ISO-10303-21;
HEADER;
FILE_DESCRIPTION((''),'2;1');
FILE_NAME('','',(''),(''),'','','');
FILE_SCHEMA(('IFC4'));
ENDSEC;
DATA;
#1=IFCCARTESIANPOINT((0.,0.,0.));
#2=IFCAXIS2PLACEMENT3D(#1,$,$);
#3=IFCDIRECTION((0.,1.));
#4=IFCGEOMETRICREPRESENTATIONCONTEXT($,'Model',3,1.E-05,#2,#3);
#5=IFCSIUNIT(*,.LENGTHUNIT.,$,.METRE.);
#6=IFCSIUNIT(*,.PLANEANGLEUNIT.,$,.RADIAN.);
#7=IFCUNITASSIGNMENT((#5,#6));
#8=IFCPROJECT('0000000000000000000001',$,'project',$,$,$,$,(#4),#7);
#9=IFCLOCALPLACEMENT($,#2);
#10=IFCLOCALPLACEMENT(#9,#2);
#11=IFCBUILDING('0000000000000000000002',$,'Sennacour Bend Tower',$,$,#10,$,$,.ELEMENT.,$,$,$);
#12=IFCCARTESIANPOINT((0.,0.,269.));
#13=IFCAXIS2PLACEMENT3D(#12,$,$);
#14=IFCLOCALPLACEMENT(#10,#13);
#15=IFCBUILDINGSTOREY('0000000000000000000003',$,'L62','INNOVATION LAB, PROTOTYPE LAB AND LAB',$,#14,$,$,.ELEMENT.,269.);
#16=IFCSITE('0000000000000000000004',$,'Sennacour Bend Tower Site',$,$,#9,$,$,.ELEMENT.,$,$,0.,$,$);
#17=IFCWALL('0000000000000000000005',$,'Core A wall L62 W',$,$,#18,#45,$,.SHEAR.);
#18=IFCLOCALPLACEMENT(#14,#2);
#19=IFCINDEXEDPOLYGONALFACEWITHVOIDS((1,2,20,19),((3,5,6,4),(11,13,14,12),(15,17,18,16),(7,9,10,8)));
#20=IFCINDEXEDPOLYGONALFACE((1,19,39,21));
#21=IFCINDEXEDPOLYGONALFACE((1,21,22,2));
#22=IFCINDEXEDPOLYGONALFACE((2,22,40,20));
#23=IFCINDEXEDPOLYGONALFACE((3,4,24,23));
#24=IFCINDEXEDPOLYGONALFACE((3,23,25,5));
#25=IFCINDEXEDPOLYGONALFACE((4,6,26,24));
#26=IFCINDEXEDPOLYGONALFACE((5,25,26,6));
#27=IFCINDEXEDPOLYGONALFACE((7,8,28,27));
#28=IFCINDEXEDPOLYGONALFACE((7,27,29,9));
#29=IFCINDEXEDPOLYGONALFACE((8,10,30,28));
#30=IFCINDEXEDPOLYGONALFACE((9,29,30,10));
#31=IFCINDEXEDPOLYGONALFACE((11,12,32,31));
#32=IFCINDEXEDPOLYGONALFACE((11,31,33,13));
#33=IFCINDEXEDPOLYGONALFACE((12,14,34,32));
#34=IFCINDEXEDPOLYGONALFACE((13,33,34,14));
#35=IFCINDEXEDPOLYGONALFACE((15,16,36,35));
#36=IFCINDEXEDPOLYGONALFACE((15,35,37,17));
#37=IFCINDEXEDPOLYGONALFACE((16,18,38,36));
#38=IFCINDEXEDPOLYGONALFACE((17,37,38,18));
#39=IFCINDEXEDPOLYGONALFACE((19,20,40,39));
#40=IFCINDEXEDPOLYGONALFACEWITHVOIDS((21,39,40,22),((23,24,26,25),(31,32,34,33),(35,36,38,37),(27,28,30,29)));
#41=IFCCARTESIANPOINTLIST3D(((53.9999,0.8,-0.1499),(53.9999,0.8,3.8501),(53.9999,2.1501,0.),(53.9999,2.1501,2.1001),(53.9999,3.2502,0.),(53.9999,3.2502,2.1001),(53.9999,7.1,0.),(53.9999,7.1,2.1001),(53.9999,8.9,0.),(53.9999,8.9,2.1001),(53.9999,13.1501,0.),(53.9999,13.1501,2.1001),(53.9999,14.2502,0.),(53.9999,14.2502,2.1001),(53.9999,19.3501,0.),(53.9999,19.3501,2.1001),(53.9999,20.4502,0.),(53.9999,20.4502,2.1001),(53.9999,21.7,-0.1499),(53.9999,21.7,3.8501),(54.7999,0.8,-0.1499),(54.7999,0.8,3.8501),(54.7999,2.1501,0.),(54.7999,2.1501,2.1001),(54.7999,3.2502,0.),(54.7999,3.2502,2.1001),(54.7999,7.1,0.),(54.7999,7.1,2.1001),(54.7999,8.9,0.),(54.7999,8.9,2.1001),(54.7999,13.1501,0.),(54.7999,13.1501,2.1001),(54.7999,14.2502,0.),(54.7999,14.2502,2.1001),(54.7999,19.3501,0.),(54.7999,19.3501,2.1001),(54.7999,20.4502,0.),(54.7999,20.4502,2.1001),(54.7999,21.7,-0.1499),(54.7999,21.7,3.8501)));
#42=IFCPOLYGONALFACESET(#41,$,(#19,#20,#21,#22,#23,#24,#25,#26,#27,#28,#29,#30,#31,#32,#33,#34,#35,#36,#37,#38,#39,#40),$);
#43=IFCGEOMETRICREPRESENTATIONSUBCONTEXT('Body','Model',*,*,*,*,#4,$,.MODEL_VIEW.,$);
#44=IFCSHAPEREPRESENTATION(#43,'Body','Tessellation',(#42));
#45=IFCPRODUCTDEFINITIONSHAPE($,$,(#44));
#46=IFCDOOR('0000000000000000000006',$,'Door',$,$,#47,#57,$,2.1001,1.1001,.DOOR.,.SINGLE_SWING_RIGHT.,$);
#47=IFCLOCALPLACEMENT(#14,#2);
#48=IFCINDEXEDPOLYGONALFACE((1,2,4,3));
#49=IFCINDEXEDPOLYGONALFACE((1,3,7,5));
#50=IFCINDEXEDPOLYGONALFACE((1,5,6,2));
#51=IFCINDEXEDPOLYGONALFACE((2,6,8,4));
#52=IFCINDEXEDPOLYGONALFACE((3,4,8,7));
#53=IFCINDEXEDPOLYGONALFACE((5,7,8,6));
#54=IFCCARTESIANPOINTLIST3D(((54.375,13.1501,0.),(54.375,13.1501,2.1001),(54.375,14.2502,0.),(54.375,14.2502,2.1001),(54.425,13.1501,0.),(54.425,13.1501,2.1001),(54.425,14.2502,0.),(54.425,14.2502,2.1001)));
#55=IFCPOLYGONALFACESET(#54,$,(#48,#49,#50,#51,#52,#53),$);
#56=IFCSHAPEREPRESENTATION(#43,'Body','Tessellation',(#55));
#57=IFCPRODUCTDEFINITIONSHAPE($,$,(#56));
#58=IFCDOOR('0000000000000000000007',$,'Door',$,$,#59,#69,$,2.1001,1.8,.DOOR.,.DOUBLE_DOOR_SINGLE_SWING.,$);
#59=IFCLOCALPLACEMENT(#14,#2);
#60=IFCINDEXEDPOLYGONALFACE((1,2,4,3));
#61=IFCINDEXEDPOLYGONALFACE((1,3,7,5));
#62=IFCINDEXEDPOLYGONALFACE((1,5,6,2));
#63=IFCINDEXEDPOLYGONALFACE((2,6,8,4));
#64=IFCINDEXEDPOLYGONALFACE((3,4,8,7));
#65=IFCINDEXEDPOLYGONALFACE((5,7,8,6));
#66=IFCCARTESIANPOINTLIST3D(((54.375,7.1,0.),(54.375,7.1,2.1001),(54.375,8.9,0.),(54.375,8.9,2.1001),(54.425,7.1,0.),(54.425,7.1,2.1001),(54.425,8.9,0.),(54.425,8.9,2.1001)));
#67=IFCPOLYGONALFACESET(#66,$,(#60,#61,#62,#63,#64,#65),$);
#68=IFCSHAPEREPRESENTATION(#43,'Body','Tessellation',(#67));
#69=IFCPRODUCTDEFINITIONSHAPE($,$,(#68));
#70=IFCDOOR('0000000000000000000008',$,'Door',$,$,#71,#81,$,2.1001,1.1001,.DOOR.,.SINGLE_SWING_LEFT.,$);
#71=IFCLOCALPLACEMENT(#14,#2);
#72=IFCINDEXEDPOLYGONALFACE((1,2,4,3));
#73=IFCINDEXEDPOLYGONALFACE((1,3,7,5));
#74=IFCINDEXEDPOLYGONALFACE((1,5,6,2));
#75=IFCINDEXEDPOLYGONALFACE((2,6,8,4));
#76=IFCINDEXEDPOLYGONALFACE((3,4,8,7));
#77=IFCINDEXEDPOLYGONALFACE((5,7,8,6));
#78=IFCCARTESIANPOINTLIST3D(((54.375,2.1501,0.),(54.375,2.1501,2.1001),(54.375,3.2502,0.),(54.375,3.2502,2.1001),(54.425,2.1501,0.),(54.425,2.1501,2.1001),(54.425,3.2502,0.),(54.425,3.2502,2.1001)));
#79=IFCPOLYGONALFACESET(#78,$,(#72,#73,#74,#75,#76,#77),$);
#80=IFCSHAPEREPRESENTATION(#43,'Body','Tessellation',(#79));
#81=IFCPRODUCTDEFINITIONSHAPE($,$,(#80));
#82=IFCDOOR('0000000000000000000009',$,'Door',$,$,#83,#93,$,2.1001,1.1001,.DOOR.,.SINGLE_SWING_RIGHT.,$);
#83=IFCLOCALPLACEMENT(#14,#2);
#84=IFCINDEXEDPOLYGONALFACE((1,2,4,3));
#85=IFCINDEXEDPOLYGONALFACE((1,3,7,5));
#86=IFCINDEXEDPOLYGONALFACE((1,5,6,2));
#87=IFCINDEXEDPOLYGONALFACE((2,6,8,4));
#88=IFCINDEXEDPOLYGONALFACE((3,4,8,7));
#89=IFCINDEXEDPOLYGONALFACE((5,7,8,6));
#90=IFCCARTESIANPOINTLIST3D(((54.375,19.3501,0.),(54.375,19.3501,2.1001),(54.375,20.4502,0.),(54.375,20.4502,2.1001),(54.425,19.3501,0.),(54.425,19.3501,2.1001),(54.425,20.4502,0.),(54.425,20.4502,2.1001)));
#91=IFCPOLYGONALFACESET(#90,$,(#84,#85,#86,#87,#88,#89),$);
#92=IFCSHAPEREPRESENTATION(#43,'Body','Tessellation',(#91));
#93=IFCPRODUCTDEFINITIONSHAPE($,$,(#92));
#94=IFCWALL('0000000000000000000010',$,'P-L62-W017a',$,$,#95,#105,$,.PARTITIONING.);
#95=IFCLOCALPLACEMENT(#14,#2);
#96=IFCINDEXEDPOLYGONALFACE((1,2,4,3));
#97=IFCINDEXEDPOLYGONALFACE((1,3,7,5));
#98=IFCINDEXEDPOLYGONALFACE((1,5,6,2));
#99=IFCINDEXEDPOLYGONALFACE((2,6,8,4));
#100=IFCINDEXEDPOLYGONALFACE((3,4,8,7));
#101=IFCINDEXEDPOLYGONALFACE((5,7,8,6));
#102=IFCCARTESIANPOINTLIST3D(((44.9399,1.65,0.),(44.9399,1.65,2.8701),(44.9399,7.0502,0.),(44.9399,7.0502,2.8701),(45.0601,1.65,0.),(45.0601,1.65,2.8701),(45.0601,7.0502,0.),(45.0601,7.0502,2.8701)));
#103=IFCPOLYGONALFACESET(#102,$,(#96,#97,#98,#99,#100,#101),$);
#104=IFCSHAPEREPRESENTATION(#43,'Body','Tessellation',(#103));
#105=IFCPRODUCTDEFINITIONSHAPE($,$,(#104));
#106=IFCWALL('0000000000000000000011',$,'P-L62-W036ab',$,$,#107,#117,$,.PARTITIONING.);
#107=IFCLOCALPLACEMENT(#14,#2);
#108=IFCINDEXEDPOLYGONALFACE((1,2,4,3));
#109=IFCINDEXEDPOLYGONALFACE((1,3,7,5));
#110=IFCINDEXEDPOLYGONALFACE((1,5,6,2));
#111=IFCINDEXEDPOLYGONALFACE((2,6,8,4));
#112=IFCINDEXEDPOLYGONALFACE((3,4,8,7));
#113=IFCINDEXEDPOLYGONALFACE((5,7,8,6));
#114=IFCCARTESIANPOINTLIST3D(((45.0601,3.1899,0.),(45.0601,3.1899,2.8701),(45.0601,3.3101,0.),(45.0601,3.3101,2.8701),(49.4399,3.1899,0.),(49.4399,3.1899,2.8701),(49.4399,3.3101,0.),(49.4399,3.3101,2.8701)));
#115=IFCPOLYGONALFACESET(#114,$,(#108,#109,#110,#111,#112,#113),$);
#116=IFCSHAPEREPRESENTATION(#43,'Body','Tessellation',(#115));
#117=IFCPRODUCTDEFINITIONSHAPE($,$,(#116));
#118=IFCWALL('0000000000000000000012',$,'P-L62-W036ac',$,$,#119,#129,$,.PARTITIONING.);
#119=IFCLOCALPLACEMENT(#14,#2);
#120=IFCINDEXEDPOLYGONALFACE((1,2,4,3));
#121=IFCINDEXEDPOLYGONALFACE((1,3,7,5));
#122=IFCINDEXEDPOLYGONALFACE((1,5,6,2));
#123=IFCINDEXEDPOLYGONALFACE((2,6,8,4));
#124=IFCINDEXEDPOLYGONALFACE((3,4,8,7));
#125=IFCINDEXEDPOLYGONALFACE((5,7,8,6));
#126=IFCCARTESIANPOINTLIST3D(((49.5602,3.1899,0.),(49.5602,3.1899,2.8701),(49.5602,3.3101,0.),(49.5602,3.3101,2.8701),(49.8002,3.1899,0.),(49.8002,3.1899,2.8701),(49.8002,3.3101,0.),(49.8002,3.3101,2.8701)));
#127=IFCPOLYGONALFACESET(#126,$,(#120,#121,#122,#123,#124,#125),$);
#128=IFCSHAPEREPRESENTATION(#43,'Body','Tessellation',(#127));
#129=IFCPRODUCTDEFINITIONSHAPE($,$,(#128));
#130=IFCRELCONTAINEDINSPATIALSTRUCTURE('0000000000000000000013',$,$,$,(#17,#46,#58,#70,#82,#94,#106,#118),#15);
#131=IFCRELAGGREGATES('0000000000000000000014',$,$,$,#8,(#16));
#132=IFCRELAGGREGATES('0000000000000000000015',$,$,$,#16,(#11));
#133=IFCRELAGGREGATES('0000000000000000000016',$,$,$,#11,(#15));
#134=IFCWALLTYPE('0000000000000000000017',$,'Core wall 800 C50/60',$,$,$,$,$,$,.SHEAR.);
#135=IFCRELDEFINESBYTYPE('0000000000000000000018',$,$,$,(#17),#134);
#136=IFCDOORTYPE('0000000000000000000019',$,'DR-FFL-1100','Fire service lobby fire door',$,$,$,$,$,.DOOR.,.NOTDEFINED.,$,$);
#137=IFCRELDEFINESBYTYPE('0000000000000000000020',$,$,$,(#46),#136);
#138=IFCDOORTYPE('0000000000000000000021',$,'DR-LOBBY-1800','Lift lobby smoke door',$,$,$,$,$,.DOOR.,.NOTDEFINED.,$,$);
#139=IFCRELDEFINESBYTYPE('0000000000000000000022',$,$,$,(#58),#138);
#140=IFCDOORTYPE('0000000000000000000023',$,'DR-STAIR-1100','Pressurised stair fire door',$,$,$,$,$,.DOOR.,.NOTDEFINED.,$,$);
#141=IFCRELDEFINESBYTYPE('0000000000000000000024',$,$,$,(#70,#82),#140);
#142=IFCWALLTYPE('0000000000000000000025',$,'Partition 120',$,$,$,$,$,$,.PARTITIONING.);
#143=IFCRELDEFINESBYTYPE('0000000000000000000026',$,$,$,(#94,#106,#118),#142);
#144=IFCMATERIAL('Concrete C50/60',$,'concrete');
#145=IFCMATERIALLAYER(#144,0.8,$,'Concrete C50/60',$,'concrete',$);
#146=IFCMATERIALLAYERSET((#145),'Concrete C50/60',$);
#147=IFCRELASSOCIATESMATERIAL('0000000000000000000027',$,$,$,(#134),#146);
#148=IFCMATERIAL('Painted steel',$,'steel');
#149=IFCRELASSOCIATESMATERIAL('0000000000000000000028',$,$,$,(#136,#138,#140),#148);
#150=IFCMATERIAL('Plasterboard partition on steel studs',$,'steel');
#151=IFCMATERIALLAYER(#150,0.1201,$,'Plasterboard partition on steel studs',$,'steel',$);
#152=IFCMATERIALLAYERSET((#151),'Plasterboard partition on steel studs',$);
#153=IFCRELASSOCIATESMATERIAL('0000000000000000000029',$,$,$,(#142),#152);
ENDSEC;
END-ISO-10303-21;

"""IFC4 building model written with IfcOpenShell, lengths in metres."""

from ifc_helpers import new_model, si_unit, direction, frame, frame_2d, origin, place, context, subcontext, project, spatial, rectangle, extrude, material, layer, layer_set, type_object, element, fill, save


model = new_model("IFC4")

# Units and contexts
model_context = context("Model", 3, precision=1e-05, world=origin(), true_north=direction((0.0, 1.0)))
body_context = subcontext(model_context, "Body", "Model", "MODEL_VIEW")
ifc_project = project(units=[si_unit("LENGTHUNIT", "METRE"), si_unit("PLANEANGLEUNIT", "RADIAN")], contexts=[model_context])

# Site, building, storey
site_placement = place(None, origin())
site = spatial("IfcSite", under=ifc_project, at=site_placement, Name="Sennacour Bend Tower Site", CompositionType="ELEMENT", RefElevation=0.0)
building_placement = place(site_placement, origin())
building = spatial("IfcBuilding", under=site, at=building_placement, Name="Sennacour Bend Tower", CompositionType="ELEMENT")
storey_placement = place(building_placement, frame((0.0, 0.0, 269.0)))
storey = spatial("IfcBuildingStorey", under=building, at=storey_placement, Name="L62", Description="INNOVATION LAB, PROTOTYPE LAB AND LAB", CompositionType="ELEMENT", Elevation=269.0)

# Wall, openings, doors
ifc_material_1 = material(Name="Concrete C50/60", Category="concrete")
ifc_layer_1 = layer(ifc_material_1, 0.8, Name="Concrete C50/60", Category="concrete")
ifc_layer_set_1 = layer_set([ifc_layer_1], Name="Concrete C50/60")
wall_type_1 = type_object("IfcWallType", Name="Core wall 800 C50/60", PredefinedType="SHEAR", material=ifc_layer_set_1)
wall_1_placement = place(storey_placement, frame((54.3999, 0.8, -0.1499), z_axis=(0.0, 0.0, 1.0), x_axis=(0.0, 1.0, 0.0)))
wall_1 = element("IfcWall", 1, at=wall_1_placement, inside=storey, type_object=wall_type_1, Name="Core A wall L62 W", PredefinedType="SHEAR", context=body_context, shape_type="SweptSolid", body=[
    extrude(rectangle(XDim=20.8999, YDim=0.8, at=frame_2d((10.45, 0.0))), origin(), (0.0, 0.0, 1.0), 4.0),
])
opening_1_placement = place(wall_1_placement, frame((6.3, 0.0, 0.1499)))
opening_1 = element("IfcOpeningElement", 2, at=opening_1_placement, cuts=wall_1, PredefinedType="OPENING", context=body_context, shape_type="SweptSolid", body=[
    extrude(rectangle(XDim=1.8, YDim=2.1001, at=frame_2d((0.8999, 1.05))), frame((0.0, 0.4102, 0.0), z_axis=(0.0, -1.0, 0.0), x_axis=(1.0, 0.0, 0.0)), (0.0, 0.0, 1.0), 0.8201),
])
opening_2_placement = place(wall_1_placement, frame((12.3501, 0.0, 0.1499)))
opening_2 = element("IfcOpeningElement", 3, at=opening_2_placement, cuts=wall_1, PredefinedType="OPENING", context=body_context, shape_type="SweptSolid", body=[
    extrude(rectangle(XDim=1.1001, YDim=2.1001, at=frame_2d((0.55, 1.05))), frame((0.0, 0.4102, 0.0), z_axis=(0.0, -1.0, 0.0), x_axis=(1.0, 0.0, 0.0)), (0.0, 0.0, 1.0), 0.8201),
])
opening_3_placement = place(wall_1_placement, frame((1.3501, 0.0, 0.1499)))
opening_3 = element("IfcOpeningElement", 4, at=opening_3_placement, cuts=wall_1, PredefinedType="OPENING", context=body_context, shape_type="SweptSolid", body=[
    extrude(rectangle(XDim=1.1001, YDim=2.1001, at=frame_2d((0.55, 1.05))), frame((0.0, 0.4102, 0.0), z_axis=(0.0, -1.0, 0.0), x_axis=(1.0, 0.0, 0.0)), (0.0, 0.0, 1.0), 0.8201),
])
opening_4_placement = place(wall_1_placement, frame((18.55, 0.0, 0.1499)))
opening_4 = element("IfcOpeningElement", 5, at=opening_4_placement, cuts=wall_1, PredefinedType="OPENING", context=body_context, shape_type="SweptSolid", body=[
    extrude(rectangle(XDim=1.1001, YDim=2.1001, at=frame_2d((0.55, 1.05))), frame((0.0, 0.4102, 0.0), z_axis=(0.0, -1.0, 0.0), x_axis=(1.0, 0.0, 0.0)), (0.0, 0.0, 1.0), 0.8201),
])
ifc_material_2 = material(Name="Painted steel", Category="steel")
door_type_1 = type_object("IfcDoorType", Name="DR-FFL-1100", Description="Fire service lobby fire door", OperationType="NOTDEFINED", PredefinedType="DOOR", material=ifc_material_2)
door_1_placement = place(opening_2_placement, origin())
door_1 = element("IfcDoor", 6, at=door_1_placement, inside=storey, type_object=door_type_1, Name="Door", OperationType="SINGLE_SWING_RIGHT", OverallHeight=2.1001, OverallWidth=1.1001, PredefinedType="DOOR", context=body_context, shape_type="SweptSolid", body=[
    extrude(rectangle(XDim=1.1001, YDim=2.1001, at=frame_2d((0.55, 1.05))), frame((0.0, 0.0249, 0.0), z_axis=(0.0, -1.0, 0.0), x_axis=(1.0, 0.0, 0.0)), (0.0, 0.0, 1.0), 0.05),
])
fill(opening_2, door_1)
door_type_2 = type_object("IfcDoorType", Name="DR-LOBBY-1800", Description="Lift lobby smoke door", OperationType="NOTDEFINED", PredefinedType="DOOR", material=ifc_material_2)
door_2_placement = place(opening_1_placement, origin())
door_2 = element("IfcDoor", 7, at=door_2_placement, inside=storey, type_object=door_type_2, Name="Door", OperationType="DOUBLE_DOOR_SINGLE_SWING", OverallHeight=2.1001, OverallWidth=1.8, PredefinedType="DOOR", context=body_context, shape_type="SweptSolid", body=[
    extrude(rectangle(XDim=1.8, YDim=2.1001, at=frame_2d((0.8999, 1.05))), frame((0.0, 0.0249, 0.0), z_axis=(0.0, -1.0, 0.0), x_axis=(1.0, 0.0, 0.0)), (0.0, 0.0, 1.0), 0.05),
])
fill(opening_1, door_2)
door_type_3 = type_object("IfcDoorType", Name="DR-STAIR-1100", Description="Pressurised stair fire door", OperationType="NOTDEFINED", PredefinedType="DOOR", material=ifc_material_2)
door_3_placement = place(opening_3_placement, origin())
door_3 = element("IfcDoor", 8, at=door_3_placement, inside=storey, type_object=door_type_3, Name="Door", OperationType="SINGLE_SWING_LEFT", OverallHeight=2.1001, OverallWidth=1.1001, PredefinedType="DOOR", context=body_context, shape_type="SweptSolid", body=[
    extrude(rectangle(XDim=1.1001, YDim=2.1001, at=frame_2d((0.55, 1.05))), frame((0.0, 0.0249, 0.0), z_axis=(0.0, -1.0, 0.0), x_axis=(1.0, 0.0, 0.0)), (0.0, 0.0, 1.0), 0.05),
])
fill(opening_3, door_3)
door_4_placement = place(opening_4_placement, origin())
door_4 = element("IfcDoor", 9, at=door_4_placement, inside=storey, type_object=door_type_3, Name="Door", OperationType="SINGLE_SWING_RIGHT", OverallHeight=2.1001, OverallWidth=1.1001, PredefinedType="DOOR", context=body_context, shape_type="SweptSolid", body=[
    extrude(rectangle(XDim=1.1001, YDim=2.1001, at=frame_2d((0.55, 1.05))), frame((0.0, 0.0249, 0.0), z_axis=(0.0, -1.0, 0.0), x_axis=(1.0, 0.0, 0.0)), (0.0, 0.0, 1.0), 0.05),
])
fill(opening_4, door_4)

# Walls
ifc_material_3 = material(Name="Plasterboard partition on steel studs", Category="steel")
ifc_layer_2 = layer(ifc_material_3, 0.1201, Name="Plasterboard partition on steel studs", Category="steel")
ifc_layer_set_2 = layer_set([ifc_layer_2], Name="Plasterboard partition on steel studs")
wall_type_2 = type_object("IfcWallType", Name="Partition 120", PredefinedType="PARTITIONING", material=ifc_layer_set_2)
wall_2_placement = place(storey_placement, frame((45.0, 1.6499, 0.0), z_axis=(0.0, 0.0, 1.0), x_axis=(0.0, 1.0, 0.0)))
element("IfcWall", 10, at=wall_2_placement, inside=storey, type_object=wall_type_2, Name="P-L62-W017a", PredefinedType="PARTITIONING", context=body_context, shape_type="SweptSolid", body=[
    extrude(rectangle(XDim=5.4001, YDim=0.1201, at=frame_2d((2.7002, 0.0))), origin(), (0.0, 0.0, 1.0), 2.8701),
])
wall_3_placement = place(storey_placement, frame((45.0601, 3.25, 0.0), z_axis=(0.0, 0.0, 1.0), x_axis=(1.0, 0.0, 0.0)))
element("IfcWall", 11, at=wall_3_placement, inside=storey, type_object=wall_type_2, Name="P-L62-W036ab", PredefinedType="PARTITIONING", context=body_context, shape_type="SweptSolid", body=[
    extrude(rectangle(XDim=4.3799, YDim=0.1201, at=frame_2d((2.1899, 0.0))), origin(), (0.0, 0.0, 1.0), 2.8701),
])
wall_4_placement = place(storey_placement, frame((49.5601, 3.25, 0.0), z_axis=(0.0, 0.0, 1.0), x_axis=(1.0, 0.0, 0.0)))
element("IfcWall", 12, at=wall_4_placement, inside=storey, type_object=wall_type_2, Name="P-L62-W036ac", PredefinedType="PARTITIONING", context=body_context, shape_type="SweptSolid", body=[
    extrude(rectangle(XDim=0.24, YDim=0.1201, at=frame_2d((0.1201, 0.0))), origin(), (0.0, 0.0, 1.0), 2.8701),
])

save(model, "model.ifc")
